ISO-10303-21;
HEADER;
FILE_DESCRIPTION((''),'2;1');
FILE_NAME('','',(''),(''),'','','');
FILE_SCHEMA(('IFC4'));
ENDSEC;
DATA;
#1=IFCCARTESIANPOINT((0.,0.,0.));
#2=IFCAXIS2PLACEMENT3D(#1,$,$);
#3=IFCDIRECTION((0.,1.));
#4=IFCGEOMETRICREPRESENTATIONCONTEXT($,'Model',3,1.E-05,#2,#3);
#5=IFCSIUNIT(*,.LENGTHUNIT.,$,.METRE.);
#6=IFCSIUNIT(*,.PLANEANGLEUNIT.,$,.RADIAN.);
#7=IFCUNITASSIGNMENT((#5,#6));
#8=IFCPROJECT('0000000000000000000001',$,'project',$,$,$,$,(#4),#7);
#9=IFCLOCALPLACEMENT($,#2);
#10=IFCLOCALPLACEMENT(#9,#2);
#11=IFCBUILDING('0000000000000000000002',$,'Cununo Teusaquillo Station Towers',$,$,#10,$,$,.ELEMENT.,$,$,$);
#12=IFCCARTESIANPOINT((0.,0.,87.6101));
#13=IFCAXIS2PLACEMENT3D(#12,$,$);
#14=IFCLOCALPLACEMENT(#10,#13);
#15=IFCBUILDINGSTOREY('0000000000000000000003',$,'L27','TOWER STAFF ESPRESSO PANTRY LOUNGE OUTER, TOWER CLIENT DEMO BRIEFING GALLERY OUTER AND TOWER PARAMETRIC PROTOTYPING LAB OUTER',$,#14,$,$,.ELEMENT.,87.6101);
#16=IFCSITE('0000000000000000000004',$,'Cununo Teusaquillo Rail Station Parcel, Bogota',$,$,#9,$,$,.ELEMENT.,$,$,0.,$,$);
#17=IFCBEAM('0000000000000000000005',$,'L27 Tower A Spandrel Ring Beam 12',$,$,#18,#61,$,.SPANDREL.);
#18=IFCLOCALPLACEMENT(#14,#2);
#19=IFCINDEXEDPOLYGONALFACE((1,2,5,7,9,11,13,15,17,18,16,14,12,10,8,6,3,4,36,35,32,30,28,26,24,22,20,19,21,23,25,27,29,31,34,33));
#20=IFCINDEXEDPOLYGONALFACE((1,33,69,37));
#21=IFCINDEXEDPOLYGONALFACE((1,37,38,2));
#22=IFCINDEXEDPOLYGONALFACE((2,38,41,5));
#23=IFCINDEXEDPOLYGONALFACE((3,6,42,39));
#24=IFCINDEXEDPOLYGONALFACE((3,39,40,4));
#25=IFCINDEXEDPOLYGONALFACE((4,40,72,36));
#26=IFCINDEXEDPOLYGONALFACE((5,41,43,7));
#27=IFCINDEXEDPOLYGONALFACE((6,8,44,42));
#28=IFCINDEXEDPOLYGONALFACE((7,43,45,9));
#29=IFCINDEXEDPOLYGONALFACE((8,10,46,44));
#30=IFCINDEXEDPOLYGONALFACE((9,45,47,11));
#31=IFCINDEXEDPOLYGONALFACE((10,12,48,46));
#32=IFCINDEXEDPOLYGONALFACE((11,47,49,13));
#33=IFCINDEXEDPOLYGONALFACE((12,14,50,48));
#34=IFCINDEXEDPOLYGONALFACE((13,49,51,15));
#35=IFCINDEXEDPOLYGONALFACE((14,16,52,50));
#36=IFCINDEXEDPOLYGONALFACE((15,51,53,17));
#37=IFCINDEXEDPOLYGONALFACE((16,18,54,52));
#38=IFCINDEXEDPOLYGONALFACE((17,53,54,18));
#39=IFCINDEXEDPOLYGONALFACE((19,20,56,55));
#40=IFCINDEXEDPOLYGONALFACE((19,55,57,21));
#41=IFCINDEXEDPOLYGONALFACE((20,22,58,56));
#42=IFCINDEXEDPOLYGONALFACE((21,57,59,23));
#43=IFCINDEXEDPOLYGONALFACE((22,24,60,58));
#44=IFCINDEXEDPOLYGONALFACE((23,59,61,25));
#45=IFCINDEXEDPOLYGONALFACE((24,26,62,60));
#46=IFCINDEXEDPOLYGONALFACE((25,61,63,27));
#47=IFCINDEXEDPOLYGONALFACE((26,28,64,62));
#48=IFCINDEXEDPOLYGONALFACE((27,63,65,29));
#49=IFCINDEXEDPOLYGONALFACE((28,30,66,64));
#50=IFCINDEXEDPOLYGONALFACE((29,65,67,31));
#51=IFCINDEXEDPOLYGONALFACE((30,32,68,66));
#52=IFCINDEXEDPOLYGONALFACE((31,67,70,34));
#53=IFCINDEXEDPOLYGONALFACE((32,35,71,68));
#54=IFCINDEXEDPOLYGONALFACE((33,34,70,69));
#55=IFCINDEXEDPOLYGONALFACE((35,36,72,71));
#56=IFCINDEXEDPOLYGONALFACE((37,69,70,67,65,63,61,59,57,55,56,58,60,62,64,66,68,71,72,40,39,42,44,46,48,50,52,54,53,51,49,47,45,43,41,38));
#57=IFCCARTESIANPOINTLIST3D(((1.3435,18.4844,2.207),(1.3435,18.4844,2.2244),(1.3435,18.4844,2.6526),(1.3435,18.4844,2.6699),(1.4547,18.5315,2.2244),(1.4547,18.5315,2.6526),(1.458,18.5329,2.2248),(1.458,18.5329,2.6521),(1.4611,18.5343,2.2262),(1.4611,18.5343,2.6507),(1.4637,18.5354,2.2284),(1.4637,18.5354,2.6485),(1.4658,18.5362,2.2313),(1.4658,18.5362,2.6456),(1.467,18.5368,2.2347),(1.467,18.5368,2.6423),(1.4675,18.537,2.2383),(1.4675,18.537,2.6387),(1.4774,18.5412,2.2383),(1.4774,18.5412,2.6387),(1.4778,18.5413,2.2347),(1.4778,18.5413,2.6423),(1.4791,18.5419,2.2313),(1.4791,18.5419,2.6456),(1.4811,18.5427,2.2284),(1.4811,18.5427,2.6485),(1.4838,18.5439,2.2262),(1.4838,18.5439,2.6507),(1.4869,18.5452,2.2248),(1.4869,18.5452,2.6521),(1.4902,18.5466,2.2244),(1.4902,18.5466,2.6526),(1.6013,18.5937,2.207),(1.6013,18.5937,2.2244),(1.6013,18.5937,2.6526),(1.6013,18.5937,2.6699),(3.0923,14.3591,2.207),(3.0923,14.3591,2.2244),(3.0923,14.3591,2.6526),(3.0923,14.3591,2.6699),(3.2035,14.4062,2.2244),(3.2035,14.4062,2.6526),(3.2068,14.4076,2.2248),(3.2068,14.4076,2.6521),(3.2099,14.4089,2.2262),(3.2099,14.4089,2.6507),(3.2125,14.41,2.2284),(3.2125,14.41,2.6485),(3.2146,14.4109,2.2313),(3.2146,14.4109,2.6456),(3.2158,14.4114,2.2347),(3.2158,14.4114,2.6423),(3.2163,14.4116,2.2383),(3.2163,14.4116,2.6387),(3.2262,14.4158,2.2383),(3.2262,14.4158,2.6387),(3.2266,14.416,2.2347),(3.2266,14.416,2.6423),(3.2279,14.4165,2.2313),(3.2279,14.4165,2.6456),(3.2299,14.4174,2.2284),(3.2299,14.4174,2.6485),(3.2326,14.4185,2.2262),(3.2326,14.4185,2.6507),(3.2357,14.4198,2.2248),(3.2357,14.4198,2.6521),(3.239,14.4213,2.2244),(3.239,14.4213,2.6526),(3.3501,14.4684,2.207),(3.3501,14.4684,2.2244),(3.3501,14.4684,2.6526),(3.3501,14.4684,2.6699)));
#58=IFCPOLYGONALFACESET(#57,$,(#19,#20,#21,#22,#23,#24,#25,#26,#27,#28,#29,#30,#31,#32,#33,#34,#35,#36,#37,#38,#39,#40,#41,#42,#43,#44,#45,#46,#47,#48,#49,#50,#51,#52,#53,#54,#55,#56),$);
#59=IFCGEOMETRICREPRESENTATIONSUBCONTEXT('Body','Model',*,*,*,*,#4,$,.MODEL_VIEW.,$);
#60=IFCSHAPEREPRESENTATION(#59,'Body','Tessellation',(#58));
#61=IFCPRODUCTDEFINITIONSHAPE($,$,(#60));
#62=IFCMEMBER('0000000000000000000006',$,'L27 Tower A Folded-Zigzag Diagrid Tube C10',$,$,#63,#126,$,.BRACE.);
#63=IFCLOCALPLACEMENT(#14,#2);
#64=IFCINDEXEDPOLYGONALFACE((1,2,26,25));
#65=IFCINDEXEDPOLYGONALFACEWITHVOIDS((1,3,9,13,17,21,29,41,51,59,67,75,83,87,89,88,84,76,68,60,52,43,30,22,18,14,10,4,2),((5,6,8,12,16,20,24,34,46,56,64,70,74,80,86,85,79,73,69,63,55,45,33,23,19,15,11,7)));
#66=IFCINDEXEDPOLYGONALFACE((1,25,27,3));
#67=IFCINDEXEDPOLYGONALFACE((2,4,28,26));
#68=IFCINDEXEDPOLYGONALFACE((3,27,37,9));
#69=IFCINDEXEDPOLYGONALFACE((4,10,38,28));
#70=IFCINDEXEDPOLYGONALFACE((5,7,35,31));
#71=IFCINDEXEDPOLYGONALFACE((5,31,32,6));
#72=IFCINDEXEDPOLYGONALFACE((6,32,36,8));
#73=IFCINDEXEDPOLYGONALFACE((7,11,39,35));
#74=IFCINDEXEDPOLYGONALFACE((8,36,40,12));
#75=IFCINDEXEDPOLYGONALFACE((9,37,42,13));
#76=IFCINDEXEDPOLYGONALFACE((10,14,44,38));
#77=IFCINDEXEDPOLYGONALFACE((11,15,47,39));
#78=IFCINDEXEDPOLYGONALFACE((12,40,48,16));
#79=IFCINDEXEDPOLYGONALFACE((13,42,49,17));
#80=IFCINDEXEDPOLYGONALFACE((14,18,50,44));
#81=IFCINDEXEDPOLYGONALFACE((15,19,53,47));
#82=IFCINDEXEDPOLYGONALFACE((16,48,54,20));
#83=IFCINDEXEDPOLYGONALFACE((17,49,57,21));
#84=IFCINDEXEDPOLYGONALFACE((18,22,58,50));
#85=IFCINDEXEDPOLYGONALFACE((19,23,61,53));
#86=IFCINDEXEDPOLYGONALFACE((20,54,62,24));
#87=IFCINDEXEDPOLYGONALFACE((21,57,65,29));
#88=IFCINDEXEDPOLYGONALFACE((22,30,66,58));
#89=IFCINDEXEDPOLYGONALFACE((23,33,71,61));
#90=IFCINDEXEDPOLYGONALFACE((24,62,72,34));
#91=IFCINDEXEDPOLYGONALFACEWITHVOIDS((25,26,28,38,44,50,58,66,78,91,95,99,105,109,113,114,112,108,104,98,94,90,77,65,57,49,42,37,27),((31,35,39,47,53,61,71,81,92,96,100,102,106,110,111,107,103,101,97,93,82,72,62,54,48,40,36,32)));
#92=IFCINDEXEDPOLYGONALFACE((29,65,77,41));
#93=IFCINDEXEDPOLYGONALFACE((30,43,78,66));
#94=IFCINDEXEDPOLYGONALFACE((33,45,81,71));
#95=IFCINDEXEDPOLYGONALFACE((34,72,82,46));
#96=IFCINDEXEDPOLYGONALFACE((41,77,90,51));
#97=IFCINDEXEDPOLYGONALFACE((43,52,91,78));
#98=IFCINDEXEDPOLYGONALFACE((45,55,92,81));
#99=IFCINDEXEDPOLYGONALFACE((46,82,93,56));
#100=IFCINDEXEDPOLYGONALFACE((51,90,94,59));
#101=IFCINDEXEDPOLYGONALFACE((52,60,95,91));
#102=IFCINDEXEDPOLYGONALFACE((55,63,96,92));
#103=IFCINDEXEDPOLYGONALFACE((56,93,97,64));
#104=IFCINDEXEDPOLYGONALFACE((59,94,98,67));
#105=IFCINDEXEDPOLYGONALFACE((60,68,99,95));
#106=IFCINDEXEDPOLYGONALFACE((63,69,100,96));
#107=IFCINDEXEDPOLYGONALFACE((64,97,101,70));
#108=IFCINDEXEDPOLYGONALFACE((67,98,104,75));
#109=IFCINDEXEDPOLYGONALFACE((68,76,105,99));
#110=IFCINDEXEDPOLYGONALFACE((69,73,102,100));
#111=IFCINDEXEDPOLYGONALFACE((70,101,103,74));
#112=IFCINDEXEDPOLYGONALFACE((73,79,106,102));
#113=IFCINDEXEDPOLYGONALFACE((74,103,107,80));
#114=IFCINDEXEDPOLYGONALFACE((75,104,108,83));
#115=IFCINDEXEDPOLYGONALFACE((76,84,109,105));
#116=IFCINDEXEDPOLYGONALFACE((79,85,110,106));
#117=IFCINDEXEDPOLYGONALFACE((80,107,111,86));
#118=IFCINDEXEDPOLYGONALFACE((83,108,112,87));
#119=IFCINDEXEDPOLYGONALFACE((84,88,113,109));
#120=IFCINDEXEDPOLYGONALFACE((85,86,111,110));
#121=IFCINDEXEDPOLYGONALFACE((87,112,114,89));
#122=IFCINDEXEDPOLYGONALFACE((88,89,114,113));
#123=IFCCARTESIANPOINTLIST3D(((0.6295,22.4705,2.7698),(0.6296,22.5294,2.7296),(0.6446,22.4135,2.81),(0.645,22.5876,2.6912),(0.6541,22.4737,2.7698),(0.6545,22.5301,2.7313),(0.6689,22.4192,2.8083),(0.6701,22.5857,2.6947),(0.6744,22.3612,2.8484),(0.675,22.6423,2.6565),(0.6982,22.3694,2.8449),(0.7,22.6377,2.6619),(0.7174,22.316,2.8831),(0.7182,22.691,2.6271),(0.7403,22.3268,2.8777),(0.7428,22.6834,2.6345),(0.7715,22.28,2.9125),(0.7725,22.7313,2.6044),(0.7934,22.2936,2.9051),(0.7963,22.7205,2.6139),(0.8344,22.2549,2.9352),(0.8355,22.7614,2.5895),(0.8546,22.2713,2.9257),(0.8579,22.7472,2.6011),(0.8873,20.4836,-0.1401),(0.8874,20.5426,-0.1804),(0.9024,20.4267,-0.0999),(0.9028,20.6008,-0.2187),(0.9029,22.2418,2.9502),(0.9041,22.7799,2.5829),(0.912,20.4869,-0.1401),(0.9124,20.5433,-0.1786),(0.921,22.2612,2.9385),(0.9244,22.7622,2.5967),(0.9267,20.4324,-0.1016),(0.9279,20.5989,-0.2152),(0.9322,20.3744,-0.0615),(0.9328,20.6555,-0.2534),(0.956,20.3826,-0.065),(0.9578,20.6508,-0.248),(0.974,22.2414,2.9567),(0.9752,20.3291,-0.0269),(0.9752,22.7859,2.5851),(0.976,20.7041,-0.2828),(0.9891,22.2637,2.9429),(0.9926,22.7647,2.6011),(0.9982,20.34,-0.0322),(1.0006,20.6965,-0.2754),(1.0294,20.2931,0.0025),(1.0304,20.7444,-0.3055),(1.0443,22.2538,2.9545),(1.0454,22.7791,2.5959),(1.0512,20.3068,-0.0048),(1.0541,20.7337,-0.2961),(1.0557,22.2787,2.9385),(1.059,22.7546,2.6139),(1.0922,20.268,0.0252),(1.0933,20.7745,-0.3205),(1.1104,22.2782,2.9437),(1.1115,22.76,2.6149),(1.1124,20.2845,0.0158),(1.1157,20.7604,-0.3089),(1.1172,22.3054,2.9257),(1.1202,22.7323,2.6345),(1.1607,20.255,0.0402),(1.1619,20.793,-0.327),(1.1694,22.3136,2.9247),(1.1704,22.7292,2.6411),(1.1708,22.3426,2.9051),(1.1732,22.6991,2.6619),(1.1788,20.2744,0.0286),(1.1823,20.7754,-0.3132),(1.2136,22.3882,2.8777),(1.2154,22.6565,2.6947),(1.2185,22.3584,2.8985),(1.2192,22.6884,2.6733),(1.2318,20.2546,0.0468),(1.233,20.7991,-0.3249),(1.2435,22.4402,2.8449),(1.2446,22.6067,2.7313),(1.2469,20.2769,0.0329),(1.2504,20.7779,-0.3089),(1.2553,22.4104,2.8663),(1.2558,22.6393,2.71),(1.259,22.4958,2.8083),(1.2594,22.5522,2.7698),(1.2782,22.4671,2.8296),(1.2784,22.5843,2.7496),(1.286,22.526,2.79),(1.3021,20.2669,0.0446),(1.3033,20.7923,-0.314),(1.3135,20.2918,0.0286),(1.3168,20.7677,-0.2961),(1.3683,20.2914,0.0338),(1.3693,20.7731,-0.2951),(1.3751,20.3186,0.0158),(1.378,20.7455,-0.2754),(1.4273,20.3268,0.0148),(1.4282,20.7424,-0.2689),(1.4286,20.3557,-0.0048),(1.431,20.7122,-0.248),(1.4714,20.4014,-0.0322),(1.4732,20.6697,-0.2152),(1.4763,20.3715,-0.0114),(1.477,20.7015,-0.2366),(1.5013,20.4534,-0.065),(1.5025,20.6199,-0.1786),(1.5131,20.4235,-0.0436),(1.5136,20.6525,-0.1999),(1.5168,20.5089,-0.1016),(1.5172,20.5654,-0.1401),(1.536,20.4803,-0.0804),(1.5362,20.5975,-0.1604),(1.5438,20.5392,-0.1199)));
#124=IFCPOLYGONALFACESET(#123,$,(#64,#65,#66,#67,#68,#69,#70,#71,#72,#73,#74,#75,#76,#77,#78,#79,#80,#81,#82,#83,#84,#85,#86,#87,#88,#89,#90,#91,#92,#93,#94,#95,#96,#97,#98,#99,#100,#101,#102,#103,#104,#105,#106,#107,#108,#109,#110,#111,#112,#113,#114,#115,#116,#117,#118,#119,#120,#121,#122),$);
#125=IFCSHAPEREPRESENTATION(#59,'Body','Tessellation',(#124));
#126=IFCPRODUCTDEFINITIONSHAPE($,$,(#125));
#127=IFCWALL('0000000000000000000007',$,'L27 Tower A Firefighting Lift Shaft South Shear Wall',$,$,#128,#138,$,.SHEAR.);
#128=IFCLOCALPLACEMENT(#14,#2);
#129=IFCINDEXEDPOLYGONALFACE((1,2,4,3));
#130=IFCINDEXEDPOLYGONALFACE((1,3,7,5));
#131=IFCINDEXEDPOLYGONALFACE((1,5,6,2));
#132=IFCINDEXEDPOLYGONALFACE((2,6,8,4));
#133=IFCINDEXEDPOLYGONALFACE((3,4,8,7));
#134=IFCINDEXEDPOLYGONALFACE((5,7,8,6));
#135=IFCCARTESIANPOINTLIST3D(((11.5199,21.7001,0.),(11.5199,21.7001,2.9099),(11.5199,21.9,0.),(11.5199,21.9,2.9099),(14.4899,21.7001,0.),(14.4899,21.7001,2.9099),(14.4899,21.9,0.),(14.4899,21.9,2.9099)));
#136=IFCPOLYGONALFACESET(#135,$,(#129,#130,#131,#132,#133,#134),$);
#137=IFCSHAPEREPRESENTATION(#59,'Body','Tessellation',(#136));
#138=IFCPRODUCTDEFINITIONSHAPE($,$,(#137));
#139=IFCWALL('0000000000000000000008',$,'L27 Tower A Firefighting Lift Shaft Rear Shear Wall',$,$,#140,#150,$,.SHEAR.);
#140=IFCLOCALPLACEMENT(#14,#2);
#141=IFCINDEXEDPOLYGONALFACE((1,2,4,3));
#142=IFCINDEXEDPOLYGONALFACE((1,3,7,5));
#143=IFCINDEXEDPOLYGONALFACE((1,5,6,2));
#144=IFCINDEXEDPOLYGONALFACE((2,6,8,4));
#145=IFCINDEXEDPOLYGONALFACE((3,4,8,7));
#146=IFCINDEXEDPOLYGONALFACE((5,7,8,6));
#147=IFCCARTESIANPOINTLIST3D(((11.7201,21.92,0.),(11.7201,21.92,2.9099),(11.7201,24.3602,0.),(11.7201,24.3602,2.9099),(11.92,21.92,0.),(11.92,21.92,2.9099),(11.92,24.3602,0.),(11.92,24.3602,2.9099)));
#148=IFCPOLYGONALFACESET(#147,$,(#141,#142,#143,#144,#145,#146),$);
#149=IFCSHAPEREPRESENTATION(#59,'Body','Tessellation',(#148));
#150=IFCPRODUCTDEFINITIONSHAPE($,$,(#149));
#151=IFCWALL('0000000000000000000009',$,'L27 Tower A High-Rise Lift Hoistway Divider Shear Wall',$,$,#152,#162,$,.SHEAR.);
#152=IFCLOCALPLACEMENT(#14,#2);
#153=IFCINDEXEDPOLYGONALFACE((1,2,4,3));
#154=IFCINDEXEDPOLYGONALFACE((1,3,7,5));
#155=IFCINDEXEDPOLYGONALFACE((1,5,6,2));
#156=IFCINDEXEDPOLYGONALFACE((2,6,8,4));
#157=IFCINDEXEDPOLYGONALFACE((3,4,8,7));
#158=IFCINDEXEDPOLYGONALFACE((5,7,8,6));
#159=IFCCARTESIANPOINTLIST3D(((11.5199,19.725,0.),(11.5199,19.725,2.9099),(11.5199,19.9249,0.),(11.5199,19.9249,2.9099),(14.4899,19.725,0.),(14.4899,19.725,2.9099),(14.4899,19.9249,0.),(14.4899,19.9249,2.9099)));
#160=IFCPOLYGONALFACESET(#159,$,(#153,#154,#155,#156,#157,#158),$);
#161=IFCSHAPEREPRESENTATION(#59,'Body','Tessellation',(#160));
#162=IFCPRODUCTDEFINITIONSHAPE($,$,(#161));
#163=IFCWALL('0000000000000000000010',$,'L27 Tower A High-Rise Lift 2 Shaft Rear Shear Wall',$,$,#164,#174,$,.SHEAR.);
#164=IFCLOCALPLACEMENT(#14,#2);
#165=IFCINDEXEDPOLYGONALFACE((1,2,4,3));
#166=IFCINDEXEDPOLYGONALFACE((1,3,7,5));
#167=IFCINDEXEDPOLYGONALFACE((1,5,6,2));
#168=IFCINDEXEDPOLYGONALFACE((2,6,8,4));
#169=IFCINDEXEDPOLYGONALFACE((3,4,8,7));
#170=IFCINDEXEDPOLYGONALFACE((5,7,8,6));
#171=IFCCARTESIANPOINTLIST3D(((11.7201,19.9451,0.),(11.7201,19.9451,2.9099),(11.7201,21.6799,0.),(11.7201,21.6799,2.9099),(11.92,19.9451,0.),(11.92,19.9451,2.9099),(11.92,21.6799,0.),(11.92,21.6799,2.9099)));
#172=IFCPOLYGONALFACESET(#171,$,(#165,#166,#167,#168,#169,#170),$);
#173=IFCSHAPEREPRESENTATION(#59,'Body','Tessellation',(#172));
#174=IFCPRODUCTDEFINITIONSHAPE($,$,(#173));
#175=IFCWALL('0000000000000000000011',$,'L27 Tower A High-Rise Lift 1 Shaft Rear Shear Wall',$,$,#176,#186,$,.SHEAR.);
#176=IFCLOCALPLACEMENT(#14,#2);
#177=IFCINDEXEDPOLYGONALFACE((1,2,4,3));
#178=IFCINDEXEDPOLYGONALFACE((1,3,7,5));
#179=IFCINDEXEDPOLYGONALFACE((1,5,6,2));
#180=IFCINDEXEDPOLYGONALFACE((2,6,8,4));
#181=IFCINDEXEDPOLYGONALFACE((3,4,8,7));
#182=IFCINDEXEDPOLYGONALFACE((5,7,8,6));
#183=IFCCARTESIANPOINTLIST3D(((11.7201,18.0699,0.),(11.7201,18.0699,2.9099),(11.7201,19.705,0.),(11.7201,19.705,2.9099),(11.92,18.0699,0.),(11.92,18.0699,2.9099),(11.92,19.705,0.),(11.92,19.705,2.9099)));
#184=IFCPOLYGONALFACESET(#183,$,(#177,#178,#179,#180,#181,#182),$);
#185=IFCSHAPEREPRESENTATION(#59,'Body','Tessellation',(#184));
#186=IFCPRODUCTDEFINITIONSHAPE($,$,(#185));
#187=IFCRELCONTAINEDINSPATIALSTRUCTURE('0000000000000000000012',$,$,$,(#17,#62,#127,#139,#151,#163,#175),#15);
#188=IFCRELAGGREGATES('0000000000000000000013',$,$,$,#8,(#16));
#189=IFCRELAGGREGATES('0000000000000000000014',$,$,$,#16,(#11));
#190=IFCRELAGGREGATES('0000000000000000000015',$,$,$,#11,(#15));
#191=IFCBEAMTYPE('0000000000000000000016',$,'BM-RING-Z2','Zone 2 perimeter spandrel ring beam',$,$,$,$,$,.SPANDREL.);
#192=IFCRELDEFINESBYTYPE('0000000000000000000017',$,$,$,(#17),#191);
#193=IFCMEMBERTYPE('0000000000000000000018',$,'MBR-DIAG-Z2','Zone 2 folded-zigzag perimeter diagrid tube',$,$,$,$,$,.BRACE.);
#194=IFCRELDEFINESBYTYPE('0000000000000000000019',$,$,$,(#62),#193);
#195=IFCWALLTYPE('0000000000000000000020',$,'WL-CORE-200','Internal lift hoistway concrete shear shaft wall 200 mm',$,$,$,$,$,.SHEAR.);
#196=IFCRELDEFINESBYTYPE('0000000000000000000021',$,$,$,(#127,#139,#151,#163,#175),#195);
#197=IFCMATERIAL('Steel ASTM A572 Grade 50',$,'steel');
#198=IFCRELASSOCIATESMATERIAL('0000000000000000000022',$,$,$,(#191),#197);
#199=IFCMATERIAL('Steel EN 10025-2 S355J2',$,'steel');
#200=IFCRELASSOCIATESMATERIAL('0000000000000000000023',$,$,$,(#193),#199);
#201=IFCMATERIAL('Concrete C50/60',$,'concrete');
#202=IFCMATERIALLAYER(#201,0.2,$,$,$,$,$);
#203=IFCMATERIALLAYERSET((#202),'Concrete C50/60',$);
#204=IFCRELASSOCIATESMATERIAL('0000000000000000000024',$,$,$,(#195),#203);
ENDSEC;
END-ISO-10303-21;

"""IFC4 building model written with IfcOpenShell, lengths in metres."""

from ifc_helpers import new_model, si_unit, direction, frame, frame_2d, origin, origin_2d, place, context, subcontext, project, spatial, rectangle, hollow_circle, i_section, extrude, material, layer, layer_set, material_profile, profile_set, type_object, element, save


model = new_model("IFC4")

# Units and contexts
model_context = context("Model", 3, precision=1e-05, world=origin(), true_north=direction((0.0, 1.0)))
body_context = subcontext(model_context, "Body", "Model", "MODEL_VIEW")
ifc_project = project(units=[si_unit("LENGTHUNIT", "METRE"), si_unit("PLANEANGLEUNIT", "RADIAN")], contexts=[model_context])

# Site, building, storey
site_placement = place(None, origin())
site = spatial("IfcSite", under=ifc_project, at=site_placement, Name="Cununo Teusaquillo Rail Station Parcel, Bogota", CompositionType="ELEMENT", RefElevation=0.0)
building_placement = place(site_placement, origin())
building = spatial("IfcBuilding", under=site, at=building_placement, Name="Cununo Teusaquillo Station Towers", CompositionType="ELEMENT")
storey_placement = place(building_placement, frame((0.0, 0.0, 87.6101)))
storey = spatial("IfcBuildingStorey", under=building, at=storey_placement, Name="L27", Description="TOWER STAFF ESPRESSO PANTRY LOUNGE OUTER, TOWER CLIENT DEMO BRIEFING GALLERY OUTER AND TOWER PARAMETRIC PROTOTYPING LAB OUTER", CompositionType="ELEMENT", Elevation=87.6101)

# Beam
ifc_material_1 = material(Name="Steel ASTM A572 Grade 50", Category="steel")
ifc_material_profile_1 = material_profile(ifc_material_1, i_section(OverallWidth=0.28, OverallDepth=0.4629, WebThickness=0.0107, FlangeThickness=0.0173, FilletRadius=0.0139, at=origin_2d()), Name="W18X76")
ifc_profile_set_1 = profile_set([ifc_material_profile_1], Name="Steel ASTM A572 Grade 50")
beam_type_1 = type_object("IfcBeamType", Name="BM-RING-Z2", Description="Zone 2 perimeter spandrel ring beam", PredefinedType="SPANDREL", material=ifc_profile_set_1)
beam_1_placement = place(storey_placement, frame((1.4724, 18.5391, 2.4385), z_axis=(0.390299, -0.920688, 0.0), x_axis=(0.920688, 0.390299, 0.0)))
element("IfcBeam", 1, at=beam_1_placement, inside=storey, type_object=beam_type_1, Name="L27 Tower A Spandrel Ring Beam 12", PredefinedType="SPANDREL", context=body_context, shape_type="SweptSolid", body=[
    extrude(i_section(OverallWidth=0.28, OverallDepth=0.4629, WebThickness=0.0107, FlangeThickness=0.0173, FilletRadius=0.0139, at=origin_2d()), origin(), (0.0, 0.0, 1.0), 4.4807),
])

# Member
ifc_material_2 = material(Name="Steel EN 10025-2 S355J2", Category="steel")
ifc_material_profile_2 = material_profile(ifc_material_2, hollow_circle(Radius=0.3301, WallThickness=0.0249, at=origin_2d()), Name="CHS 660x25")
ifc_profile_set_2 = profile_set([ifc_material_profile_2], Name="Steel EN 10025-2 S355J2")
member_type = type_object("IfcMemberType", Name="MBR-DIAG-Z2", Description="Zone 2 folded-zigzag perimeter diagrid tube", PredefinedType="BRACE", material=ifc_profile_set_2)
member_placement = place(storey_placement, frame((1.2146, 20.5261, -0.1401), z_axis=(-0.072974, 0.562373, 0.823657), x_axis=(-0.991686, -0.128683, 0.0)))
element("IfcMember", 2, at=member_placement, inside=storey, type_object=member_type, Name="L27 Tower A Folded-Zigzag Diagrid Tube C10", PredefinedType="BRACE", context=body_context, shape_type="SweptSolid", body=[
    extrude(hollow_circle(Radius=0.3301, WallThickness=0.0249, at=origin_2d()), origin(), (0.0, 0.0, 1.0), 3.533),
])

# Walls
ifc_material_3 = material(Name="Concrete C50/60", Category="concrete")
ifc_layer_1 = layer(ifc_material_3, 0.2)
ifc_layer_set_1 = layer_set([ifc_layer_1], Name="Concrete C50/60")
wall_type_1 = type_object("IfcWallType", Name="WL-CORE-200", Description="Internal lift hoistway concrete shear shaft wall 200 mm", PredefinedType="SHEAR", material=ifc_layer_set_1)
wall_1_placement = place(storey_placement, frame((11.52, 21.8, 0.0), z_axis=(0.0, 0.0, 1.0), x_axis=(1.0, 0.0, 0.0)))
element("IfcWall", 3, at=wall_1_placement, inside=storey, type_object=wall_type_1, Name="L27 Tower A Firefighting Lift Shaft South Shear Wall", PredefinedType="SHEAR", context=body_context, shape_type="SweptSolid", body=[
    extrude(rectangle(XDim=2.97, YDim=0.2, at=frame_2d((1.4849, 0.0))), origin(), (0.0, 0.0, 1.0), 2.9099),
])
wall_2_placement = place(storey_placement, frame((11.8201, 21.9199, 0.0), z_axis=(0.0, 0.0, 1.0), x_axis=(0.0, 1.0, 0.0)))
element("IfcWall", 4, at=wall_2_placement, inside=storey, type_object=wall_type_1, Name="L27 Tower A Firefighting Lift Shaft Rear Shear Wall", PredefinedType="SHEAR", context=body_context, shape_type="SweptSolid", body=[
    extrude(rectangle(XDim=2.4402, YDim=0.2, at=frame_2d((1.2202, 0.0))), origin(), (0.0, 0.0, 1.0), 2.9099),
])
wall_3_placement = place(storey_placement, frame((11.52, 19.825, 0.0), z_axis=(0.0, 0.0, 1.0), x_axis=(1.0, 0.0, 0.0)))
element("IfcWall", 5, at=wall_3_placement, inside=storey, type_object=wall_type_1, Name="L27 Tower A High-Rise Lift Hoistway Divider Shear Wall", PredefinedType="SHEAR", context=body_context, shape_type="SweptSolid", body=[
    extrude(rectangle(XDim=2.97, YDim=0.2, at=frame_2d((1.4849, 0.0))), origin(), (0.0, 0.0, 1.0), 2.9099),
])
wall_4_placement = place(storey_placement, frame((11.8201, 19.9451, 0.0), z_axis=(0.0, 0.0, 1.0), x_axis=(0.0, 1.0, 0.0)))
element("IfcWall", 6, at=wall_4_placement, inside=storey, type_object=wall_type_1, Name="L27 Tower A High-Rise Lift 2 Shaft Rear Shear Wall", PredefinedType="SHEAR", context=body_context, shape_type="SweptSolid", body=[
    extrude(rectangle(XDim=1.7349, YDim=0.2, at=frame_2d((0.8674, 0.0))), origin(), (0.0, 0.0, 1.0), 2.9099),
])
wall_5_placement = place(storey_placement, frame((11.8201, 18.0701, 0.0), z_axis=(0.0, 0.0, 1.0), x_axis=(0.0, 1.0, 0.0)))
element("IfcWall", 7, at=wall_5_placement, inside=storey, type_object=wall_type_1, Name="L27 Tower A High-Rise Lift 1 Shaft Rear Shear Wall", PredefinedType="SHEAR", context=body_context, shape_type="SweptSolid", body=[
    extrude(rectangle(XDim=1.635, YDim=0.2, at=frame_2d((0.8174, 0.0))), origin(), (0.0, 0.0, 1.0), 2.9099),
])

save(model, "model.ifc")
